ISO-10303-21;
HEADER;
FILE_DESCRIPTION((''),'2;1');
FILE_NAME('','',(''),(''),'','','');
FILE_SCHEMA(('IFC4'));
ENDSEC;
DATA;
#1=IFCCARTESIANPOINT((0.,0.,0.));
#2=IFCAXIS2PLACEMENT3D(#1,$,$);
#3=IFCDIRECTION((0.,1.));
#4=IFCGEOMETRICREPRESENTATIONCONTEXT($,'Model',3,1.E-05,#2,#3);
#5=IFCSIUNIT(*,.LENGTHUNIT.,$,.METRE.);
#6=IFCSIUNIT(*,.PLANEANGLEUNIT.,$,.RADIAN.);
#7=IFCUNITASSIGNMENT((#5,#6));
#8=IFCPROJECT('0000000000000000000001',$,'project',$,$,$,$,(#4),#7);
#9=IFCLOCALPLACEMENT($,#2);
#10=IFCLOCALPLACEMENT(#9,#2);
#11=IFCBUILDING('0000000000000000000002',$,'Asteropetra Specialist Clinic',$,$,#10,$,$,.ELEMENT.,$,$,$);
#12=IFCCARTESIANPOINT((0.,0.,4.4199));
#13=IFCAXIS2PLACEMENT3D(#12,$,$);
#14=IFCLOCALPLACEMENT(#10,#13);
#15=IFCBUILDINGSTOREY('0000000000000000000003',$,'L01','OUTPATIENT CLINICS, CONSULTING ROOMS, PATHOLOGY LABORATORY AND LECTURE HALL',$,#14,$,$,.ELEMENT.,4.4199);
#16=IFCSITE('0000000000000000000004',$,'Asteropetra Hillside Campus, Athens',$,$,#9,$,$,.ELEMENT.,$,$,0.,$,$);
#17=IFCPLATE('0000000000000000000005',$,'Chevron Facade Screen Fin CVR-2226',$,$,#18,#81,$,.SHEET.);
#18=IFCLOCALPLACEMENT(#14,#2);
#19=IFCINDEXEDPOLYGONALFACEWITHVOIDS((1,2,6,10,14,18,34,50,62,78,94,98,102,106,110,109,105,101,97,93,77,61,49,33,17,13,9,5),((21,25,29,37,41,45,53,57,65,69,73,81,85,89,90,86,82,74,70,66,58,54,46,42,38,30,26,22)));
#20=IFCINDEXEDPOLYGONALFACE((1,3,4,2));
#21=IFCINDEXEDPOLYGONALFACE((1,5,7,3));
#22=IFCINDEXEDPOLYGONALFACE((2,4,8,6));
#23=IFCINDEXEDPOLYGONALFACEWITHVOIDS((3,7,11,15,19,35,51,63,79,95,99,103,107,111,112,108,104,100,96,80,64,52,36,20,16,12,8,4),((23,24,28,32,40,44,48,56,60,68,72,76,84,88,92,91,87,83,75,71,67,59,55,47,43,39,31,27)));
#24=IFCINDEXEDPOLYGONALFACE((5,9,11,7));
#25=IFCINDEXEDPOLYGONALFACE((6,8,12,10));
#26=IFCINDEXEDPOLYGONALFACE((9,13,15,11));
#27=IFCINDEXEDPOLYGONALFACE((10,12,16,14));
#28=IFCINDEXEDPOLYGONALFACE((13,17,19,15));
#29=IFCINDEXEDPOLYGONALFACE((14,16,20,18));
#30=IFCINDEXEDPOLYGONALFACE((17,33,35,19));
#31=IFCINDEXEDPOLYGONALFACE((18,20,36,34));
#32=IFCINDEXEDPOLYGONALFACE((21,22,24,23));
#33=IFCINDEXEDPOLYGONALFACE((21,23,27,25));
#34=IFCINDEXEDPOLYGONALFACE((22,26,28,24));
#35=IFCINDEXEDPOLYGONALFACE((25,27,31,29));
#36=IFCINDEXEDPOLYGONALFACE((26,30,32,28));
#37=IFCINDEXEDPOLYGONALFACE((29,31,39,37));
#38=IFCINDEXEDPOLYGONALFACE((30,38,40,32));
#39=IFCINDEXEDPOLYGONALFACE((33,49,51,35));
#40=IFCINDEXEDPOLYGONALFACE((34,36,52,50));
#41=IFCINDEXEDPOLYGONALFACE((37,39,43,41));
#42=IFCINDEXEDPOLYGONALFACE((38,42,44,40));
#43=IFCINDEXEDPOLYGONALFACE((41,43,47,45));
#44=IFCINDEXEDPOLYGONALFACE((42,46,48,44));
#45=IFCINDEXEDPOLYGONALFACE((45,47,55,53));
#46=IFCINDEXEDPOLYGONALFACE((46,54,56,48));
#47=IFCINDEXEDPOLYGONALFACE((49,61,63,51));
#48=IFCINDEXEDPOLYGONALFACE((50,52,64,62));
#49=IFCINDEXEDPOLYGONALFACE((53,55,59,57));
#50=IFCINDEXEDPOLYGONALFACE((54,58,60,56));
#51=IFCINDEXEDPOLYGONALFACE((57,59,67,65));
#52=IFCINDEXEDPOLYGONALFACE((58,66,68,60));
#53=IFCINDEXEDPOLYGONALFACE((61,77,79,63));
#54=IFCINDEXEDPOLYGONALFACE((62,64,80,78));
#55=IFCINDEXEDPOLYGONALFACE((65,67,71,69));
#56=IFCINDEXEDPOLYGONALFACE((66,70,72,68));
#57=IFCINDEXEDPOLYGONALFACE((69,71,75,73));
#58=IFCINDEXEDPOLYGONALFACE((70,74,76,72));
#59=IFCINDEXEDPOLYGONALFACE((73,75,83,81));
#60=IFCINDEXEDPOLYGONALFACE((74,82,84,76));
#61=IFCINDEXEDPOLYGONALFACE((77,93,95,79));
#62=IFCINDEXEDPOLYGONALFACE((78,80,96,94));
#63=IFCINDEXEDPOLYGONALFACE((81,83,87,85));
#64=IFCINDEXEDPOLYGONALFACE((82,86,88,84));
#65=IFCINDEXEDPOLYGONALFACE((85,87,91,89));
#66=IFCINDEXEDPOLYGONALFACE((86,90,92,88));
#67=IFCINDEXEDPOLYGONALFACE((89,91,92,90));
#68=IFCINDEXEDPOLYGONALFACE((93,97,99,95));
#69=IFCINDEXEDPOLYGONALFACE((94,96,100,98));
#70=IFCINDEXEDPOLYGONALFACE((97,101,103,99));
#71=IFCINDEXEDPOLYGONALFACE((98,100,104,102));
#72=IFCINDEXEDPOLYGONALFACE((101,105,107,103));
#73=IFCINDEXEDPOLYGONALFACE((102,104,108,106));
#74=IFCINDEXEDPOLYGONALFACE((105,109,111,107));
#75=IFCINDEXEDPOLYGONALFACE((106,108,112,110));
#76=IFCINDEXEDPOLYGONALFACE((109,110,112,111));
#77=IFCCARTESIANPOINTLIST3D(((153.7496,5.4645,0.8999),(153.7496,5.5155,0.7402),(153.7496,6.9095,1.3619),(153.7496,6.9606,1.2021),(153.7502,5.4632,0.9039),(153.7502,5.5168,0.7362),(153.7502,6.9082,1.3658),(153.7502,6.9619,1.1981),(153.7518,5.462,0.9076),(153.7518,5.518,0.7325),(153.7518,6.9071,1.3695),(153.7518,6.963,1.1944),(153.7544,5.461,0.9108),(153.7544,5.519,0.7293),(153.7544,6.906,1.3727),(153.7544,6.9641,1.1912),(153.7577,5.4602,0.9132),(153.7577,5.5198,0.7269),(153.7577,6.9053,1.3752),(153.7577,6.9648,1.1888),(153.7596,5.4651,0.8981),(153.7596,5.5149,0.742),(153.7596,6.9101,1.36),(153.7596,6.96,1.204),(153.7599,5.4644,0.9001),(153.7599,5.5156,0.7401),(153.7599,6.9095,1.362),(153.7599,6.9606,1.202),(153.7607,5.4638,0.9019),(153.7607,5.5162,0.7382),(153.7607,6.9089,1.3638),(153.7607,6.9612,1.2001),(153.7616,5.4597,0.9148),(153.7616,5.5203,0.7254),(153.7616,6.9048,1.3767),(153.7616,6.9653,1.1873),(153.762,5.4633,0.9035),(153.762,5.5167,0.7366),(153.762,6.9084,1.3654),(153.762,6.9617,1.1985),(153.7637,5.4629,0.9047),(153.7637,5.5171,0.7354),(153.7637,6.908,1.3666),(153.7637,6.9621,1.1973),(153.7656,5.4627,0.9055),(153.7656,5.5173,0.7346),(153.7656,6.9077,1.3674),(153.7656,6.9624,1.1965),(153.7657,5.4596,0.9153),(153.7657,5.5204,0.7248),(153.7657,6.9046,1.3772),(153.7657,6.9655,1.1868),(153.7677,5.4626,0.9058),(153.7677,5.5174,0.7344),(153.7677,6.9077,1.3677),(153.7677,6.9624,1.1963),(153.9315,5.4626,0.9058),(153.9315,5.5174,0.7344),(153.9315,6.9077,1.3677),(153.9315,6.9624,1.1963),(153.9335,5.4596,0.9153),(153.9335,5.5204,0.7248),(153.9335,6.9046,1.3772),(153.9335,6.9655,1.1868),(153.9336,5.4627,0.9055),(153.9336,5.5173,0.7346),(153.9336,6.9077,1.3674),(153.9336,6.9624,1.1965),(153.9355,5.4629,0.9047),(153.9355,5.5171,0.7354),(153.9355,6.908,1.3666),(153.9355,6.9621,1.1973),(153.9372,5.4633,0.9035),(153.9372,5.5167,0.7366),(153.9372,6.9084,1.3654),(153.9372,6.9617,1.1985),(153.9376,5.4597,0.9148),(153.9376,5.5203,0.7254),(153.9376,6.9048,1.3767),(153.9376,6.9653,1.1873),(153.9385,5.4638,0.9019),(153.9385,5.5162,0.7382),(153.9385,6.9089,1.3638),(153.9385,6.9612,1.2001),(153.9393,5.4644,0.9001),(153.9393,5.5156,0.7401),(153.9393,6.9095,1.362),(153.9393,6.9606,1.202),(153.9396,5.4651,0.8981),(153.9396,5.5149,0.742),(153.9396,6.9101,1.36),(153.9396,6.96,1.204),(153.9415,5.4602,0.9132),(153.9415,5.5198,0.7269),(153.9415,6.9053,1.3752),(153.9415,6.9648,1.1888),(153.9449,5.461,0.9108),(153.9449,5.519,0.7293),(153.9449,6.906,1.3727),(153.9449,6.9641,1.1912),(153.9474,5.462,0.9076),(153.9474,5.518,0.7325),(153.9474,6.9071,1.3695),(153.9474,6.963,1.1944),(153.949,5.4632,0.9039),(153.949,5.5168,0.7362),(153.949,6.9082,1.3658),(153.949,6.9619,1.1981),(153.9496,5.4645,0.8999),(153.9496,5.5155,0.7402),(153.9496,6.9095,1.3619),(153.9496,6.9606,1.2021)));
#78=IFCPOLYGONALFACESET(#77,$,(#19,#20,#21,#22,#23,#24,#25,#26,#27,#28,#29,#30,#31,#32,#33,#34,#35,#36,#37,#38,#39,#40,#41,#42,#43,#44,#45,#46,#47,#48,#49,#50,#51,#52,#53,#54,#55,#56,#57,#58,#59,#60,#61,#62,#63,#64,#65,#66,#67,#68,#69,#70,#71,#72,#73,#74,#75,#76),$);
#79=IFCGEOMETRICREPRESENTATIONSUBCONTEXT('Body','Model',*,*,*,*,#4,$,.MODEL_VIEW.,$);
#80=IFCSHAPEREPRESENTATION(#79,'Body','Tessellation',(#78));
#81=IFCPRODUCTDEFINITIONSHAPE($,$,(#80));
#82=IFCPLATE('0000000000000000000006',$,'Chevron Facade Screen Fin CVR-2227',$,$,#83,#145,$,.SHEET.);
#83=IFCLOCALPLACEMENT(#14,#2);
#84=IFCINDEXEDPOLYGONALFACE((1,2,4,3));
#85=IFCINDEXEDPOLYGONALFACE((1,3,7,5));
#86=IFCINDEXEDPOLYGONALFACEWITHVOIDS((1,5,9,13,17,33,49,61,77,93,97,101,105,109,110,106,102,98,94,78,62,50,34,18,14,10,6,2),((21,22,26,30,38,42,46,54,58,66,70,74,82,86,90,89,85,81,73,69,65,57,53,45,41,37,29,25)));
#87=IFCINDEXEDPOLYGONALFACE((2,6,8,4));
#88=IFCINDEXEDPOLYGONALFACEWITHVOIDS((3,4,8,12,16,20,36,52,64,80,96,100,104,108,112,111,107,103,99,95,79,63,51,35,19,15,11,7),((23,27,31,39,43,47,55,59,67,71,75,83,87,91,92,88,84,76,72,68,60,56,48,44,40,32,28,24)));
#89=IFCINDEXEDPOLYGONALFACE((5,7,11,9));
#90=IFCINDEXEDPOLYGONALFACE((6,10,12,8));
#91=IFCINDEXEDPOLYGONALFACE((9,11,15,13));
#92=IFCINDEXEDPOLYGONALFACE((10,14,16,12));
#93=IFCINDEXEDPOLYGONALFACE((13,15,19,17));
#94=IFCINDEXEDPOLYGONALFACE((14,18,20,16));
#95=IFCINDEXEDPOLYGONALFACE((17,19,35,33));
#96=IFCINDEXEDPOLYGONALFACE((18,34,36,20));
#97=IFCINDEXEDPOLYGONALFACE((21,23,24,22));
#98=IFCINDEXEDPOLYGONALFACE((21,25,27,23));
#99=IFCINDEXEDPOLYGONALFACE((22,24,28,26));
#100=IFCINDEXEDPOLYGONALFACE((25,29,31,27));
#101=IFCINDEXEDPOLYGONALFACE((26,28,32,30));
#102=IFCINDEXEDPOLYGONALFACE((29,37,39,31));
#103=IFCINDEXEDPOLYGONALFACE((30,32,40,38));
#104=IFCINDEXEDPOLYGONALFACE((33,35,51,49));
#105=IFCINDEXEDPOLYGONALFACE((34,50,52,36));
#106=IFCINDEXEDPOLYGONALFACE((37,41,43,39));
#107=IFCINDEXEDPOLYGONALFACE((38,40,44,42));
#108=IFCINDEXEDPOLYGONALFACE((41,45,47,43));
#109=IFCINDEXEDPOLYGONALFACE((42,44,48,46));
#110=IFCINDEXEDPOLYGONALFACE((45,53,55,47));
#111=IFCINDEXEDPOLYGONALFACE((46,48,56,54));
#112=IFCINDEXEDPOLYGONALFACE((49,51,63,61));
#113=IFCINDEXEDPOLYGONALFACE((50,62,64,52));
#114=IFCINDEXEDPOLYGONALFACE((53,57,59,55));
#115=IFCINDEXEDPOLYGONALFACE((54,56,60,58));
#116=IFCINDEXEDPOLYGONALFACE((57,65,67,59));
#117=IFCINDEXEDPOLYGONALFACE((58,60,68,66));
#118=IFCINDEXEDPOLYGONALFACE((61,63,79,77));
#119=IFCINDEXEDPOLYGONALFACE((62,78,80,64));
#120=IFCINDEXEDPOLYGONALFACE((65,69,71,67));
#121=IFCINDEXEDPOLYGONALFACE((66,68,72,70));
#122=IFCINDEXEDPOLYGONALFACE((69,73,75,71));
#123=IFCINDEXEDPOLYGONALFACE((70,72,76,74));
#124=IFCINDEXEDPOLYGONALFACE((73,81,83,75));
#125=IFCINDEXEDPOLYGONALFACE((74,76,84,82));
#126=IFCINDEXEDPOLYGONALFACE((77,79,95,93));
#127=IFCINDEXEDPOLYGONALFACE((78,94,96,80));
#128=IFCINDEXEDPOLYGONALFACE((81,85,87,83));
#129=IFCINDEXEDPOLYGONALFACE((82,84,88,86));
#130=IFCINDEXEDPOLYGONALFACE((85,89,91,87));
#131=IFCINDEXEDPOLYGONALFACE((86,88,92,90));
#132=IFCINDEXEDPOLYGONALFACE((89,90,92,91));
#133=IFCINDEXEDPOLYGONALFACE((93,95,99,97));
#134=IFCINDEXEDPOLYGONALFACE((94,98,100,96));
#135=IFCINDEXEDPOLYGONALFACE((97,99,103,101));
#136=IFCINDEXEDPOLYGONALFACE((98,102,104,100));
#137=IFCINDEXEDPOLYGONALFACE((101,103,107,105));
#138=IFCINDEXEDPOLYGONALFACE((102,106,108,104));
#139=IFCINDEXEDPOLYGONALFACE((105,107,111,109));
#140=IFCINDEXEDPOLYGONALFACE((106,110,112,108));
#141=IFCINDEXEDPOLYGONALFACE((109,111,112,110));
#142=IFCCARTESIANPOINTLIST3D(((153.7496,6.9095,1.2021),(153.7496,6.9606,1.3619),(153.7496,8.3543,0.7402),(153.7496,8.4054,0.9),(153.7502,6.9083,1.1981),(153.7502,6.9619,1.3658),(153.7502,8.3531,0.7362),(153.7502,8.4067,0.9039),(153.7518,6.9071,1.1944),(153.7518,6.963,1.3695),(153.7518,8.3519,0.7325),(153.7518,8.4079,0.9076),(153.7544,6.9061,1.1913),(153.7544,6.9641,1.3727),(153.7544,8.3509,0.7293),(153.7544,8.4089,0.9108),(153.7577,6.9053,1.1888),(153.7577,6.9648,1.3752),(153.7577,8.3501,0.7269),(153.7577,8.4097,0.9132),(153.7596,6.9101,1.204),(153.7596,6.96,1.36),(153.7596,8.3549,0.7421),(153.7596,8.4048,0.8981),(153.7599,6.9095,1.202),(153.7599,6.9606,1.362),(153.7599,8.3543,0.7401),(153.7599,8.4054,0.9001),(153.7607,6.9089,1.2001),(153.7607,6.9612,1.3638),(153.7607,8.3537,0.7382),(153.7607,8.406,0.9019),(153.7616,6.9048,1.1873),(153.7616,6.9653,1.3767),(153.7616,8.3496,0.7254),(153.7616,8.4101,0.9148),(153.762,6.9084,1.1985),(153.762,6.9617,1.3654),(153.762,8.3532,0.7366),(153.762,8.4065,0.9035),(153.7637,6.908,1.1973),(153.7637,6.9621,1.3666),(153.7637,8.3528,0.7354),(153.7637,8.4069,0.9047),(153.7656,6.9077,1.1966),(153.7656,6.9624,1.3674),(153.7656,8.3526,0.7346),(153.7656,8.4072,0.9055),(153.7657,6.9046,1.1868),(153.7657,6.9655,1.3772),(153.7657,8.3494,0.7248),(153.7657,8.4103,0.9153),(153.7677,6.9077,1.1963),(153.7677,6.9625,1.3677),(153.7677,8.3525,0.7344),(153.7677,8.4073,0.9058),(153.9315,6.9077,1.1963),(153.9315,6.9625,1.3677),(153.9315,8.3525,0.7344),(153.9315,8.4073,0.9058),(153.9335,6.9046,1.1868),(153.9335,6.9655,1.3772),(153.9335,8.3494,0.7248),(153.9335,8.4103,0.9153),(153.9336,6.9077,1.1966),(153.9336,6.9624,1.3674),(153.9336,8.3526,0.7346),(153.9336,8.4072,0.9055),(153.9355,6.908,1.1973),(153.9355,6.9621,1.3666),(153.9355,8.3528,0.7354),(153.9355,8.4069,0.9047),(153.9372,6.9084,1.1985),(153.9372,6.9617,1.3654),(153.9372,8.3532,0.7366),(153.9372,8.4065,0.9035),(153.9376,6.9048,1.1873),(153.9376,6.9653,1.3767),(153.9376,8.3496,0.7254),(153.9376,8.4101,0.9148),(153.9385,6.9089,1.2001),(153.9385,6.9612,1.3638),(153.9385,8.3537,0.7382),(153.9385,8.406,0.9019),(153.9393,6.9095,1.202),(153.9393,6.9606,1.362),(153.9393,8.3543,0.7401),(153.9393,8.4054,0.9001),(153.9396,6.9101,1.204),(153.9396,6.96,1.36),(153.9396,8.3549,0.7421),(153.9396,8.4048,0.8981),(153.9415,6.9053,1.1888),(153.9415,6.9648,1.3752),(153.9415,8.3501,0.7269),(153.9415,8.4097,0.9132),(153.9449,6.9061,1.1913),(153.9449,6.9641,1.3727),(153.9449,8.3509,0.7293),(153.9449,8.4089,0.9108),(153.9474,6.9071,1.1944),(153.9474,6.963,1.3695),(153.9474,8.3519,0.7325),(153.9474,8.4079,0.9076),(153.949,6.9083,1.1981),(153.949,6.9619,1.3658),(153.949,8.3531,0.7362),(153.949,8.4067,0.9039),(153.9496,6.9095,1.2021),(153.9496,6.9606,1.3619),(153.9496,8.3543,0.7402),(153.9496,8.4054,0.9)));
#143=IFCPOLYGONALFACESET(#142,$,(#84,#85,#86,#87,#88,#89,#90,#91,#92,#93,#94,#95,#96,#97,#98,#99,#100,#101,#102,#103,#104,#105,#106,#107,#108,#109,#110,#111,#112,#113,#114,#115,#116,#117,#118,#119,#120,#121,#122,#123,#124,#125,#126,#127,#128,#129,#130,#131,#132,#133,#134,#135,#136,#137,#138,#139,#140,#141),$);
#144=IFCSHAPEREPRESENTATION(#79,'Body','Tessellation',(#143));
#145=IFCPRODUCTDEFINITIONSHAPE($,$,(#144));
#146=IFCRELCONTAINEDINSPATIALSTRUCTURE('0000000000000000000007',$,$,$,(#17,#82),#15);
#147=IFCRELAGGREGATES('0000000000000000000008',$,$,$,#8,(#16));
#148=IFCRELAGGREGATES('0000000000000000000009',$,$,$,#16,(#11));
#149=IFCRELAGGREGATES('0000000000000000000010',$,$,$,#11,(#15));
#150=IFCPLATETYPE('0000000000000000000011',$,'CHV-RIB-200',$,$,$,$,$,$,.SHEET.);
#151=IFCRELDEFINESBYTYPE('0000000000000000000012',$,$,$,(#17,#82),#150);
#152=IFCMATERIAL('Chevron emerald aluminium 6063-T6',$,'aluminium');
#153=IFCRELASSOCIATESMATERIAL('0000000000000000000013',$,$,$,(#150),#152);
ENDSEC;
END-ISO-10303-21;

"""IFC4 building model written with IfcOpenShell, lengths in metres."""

from ifc_helpers import new_model, si_unit, direction, frame, origin, origin_2d, place, context, subcontext, project, spatial, hollow_rectangle, extrude, material, material_profile, profile_set, type_object, element, save


model = new_model("IFC4")

# Units and contexts
model_context = context("Model", 3, precision=1e-05, world=origin(), true_north=direction((0.0, 1.0)))
body_context = subcontext(model_context, "Body", "Model", "MODEL_VIEW")
ifc_project = project(units=[si_unit("LENGTHUNIT", "METRE"), si_unit("PLANEANGLEUNIT", "RADIAN")], contexts=[model_context])

# Site, building, storey
site_placement = place(None, origin())
site = spatial("IfcSite", under=ifc_project, at=site_placement, Name="Asteropetra Hillside Campus, Athens", CompositionType="ELEMENT", RefElevation=0.0)
building_placement = place(site_placement, origin())
building = spatial("IfcBuilding", under=site, at=building_placement, Name="Asteropetra Specialist Clinic", CompositionType="ELEMENT")
storey_placement = place(building_placement, frame((0.0, 0.0, 4.4199)))
storey = spatial("IfcBuildingStorey", under=building, at=storey_placement, Name="L01", Description="OUTPATIENT CLINICS, CONSULTING ROOMS, PATHOLOGY LABORATORY AND LECTURE HALL", CompositionType="ELEMENT", Elevation=4.4199)

# Plates
ifc_material_1 = material(Name="Chevron emerald aluminium 6063-T6", Category="aluminium")
ifc_material_profile = material_profile(ifc_material_1, hollow_rectangle(XDim=0.2, YDim=0.2, WallThickness=0.01, InnerFilletRadius=0.0081, OuterFilletRadius=0.0161, at=origin_2d()), Name="SHS 200x200x10.0")
ifc_profile_set = profile_set([ifc_material_profile], Name="Chevron emerald aluminium 6063-T6")
plate_type = type_object("IfcPlateType", Name="CHV-RIB-200", PredefinedType="SHEET", material=ifc_profile_set)
plate_1_placement = place(storey_placement, frame((153.8496, 5.49, 0.8201), z_axis=(0.0, 0.952521, 0.304472), x_axis=(-1.0, 0.0, 0.0)))
element("IfcPlate", 1, at=plate_1_placement, inside=storey, type_object=plate_type, Name="Chevron Facade Screen Fin CVR-2226", PredefinedType="SHEET", context=body_context, shape_type="SweptSolid", body=[
    extrude(hollow_rectangle(XDim=0.2, YDim=0.2, WallThickness=0.01, InnerFilletRadius=0.0081, OuterFilletRadius=0.0161, at=origin_2d()), origin(), (0.0, 0.0, 1.0), 1.5171),
])
plate_2_placement = place(storey_placement, frame((153.8496, 6.9351, 1.282), z_axis=(0.0, 0.952506, -0.304519), x_axis=(-1.0, 0.0, 0.0)))
element("IfcPlate", 2, at=plate_2_placement, inside=storey, type_object=plate_type, Name="Chevron Facade Screen Fin CVR-2227", PredefinedType="SHEET", context=body_context, shape_type="SweptSolid", body=[
    extrude(hollow_rectangle(XDim=0.2, YDim=0.2, WallThickness=0.01, InnerFilletRadius=0.0081, OuterFilletRadius=0.0161, at=origin_2d()), origin(), (0.0, 0.0, 1.0), 1.5168),
])

save(model, "model.ifc")
